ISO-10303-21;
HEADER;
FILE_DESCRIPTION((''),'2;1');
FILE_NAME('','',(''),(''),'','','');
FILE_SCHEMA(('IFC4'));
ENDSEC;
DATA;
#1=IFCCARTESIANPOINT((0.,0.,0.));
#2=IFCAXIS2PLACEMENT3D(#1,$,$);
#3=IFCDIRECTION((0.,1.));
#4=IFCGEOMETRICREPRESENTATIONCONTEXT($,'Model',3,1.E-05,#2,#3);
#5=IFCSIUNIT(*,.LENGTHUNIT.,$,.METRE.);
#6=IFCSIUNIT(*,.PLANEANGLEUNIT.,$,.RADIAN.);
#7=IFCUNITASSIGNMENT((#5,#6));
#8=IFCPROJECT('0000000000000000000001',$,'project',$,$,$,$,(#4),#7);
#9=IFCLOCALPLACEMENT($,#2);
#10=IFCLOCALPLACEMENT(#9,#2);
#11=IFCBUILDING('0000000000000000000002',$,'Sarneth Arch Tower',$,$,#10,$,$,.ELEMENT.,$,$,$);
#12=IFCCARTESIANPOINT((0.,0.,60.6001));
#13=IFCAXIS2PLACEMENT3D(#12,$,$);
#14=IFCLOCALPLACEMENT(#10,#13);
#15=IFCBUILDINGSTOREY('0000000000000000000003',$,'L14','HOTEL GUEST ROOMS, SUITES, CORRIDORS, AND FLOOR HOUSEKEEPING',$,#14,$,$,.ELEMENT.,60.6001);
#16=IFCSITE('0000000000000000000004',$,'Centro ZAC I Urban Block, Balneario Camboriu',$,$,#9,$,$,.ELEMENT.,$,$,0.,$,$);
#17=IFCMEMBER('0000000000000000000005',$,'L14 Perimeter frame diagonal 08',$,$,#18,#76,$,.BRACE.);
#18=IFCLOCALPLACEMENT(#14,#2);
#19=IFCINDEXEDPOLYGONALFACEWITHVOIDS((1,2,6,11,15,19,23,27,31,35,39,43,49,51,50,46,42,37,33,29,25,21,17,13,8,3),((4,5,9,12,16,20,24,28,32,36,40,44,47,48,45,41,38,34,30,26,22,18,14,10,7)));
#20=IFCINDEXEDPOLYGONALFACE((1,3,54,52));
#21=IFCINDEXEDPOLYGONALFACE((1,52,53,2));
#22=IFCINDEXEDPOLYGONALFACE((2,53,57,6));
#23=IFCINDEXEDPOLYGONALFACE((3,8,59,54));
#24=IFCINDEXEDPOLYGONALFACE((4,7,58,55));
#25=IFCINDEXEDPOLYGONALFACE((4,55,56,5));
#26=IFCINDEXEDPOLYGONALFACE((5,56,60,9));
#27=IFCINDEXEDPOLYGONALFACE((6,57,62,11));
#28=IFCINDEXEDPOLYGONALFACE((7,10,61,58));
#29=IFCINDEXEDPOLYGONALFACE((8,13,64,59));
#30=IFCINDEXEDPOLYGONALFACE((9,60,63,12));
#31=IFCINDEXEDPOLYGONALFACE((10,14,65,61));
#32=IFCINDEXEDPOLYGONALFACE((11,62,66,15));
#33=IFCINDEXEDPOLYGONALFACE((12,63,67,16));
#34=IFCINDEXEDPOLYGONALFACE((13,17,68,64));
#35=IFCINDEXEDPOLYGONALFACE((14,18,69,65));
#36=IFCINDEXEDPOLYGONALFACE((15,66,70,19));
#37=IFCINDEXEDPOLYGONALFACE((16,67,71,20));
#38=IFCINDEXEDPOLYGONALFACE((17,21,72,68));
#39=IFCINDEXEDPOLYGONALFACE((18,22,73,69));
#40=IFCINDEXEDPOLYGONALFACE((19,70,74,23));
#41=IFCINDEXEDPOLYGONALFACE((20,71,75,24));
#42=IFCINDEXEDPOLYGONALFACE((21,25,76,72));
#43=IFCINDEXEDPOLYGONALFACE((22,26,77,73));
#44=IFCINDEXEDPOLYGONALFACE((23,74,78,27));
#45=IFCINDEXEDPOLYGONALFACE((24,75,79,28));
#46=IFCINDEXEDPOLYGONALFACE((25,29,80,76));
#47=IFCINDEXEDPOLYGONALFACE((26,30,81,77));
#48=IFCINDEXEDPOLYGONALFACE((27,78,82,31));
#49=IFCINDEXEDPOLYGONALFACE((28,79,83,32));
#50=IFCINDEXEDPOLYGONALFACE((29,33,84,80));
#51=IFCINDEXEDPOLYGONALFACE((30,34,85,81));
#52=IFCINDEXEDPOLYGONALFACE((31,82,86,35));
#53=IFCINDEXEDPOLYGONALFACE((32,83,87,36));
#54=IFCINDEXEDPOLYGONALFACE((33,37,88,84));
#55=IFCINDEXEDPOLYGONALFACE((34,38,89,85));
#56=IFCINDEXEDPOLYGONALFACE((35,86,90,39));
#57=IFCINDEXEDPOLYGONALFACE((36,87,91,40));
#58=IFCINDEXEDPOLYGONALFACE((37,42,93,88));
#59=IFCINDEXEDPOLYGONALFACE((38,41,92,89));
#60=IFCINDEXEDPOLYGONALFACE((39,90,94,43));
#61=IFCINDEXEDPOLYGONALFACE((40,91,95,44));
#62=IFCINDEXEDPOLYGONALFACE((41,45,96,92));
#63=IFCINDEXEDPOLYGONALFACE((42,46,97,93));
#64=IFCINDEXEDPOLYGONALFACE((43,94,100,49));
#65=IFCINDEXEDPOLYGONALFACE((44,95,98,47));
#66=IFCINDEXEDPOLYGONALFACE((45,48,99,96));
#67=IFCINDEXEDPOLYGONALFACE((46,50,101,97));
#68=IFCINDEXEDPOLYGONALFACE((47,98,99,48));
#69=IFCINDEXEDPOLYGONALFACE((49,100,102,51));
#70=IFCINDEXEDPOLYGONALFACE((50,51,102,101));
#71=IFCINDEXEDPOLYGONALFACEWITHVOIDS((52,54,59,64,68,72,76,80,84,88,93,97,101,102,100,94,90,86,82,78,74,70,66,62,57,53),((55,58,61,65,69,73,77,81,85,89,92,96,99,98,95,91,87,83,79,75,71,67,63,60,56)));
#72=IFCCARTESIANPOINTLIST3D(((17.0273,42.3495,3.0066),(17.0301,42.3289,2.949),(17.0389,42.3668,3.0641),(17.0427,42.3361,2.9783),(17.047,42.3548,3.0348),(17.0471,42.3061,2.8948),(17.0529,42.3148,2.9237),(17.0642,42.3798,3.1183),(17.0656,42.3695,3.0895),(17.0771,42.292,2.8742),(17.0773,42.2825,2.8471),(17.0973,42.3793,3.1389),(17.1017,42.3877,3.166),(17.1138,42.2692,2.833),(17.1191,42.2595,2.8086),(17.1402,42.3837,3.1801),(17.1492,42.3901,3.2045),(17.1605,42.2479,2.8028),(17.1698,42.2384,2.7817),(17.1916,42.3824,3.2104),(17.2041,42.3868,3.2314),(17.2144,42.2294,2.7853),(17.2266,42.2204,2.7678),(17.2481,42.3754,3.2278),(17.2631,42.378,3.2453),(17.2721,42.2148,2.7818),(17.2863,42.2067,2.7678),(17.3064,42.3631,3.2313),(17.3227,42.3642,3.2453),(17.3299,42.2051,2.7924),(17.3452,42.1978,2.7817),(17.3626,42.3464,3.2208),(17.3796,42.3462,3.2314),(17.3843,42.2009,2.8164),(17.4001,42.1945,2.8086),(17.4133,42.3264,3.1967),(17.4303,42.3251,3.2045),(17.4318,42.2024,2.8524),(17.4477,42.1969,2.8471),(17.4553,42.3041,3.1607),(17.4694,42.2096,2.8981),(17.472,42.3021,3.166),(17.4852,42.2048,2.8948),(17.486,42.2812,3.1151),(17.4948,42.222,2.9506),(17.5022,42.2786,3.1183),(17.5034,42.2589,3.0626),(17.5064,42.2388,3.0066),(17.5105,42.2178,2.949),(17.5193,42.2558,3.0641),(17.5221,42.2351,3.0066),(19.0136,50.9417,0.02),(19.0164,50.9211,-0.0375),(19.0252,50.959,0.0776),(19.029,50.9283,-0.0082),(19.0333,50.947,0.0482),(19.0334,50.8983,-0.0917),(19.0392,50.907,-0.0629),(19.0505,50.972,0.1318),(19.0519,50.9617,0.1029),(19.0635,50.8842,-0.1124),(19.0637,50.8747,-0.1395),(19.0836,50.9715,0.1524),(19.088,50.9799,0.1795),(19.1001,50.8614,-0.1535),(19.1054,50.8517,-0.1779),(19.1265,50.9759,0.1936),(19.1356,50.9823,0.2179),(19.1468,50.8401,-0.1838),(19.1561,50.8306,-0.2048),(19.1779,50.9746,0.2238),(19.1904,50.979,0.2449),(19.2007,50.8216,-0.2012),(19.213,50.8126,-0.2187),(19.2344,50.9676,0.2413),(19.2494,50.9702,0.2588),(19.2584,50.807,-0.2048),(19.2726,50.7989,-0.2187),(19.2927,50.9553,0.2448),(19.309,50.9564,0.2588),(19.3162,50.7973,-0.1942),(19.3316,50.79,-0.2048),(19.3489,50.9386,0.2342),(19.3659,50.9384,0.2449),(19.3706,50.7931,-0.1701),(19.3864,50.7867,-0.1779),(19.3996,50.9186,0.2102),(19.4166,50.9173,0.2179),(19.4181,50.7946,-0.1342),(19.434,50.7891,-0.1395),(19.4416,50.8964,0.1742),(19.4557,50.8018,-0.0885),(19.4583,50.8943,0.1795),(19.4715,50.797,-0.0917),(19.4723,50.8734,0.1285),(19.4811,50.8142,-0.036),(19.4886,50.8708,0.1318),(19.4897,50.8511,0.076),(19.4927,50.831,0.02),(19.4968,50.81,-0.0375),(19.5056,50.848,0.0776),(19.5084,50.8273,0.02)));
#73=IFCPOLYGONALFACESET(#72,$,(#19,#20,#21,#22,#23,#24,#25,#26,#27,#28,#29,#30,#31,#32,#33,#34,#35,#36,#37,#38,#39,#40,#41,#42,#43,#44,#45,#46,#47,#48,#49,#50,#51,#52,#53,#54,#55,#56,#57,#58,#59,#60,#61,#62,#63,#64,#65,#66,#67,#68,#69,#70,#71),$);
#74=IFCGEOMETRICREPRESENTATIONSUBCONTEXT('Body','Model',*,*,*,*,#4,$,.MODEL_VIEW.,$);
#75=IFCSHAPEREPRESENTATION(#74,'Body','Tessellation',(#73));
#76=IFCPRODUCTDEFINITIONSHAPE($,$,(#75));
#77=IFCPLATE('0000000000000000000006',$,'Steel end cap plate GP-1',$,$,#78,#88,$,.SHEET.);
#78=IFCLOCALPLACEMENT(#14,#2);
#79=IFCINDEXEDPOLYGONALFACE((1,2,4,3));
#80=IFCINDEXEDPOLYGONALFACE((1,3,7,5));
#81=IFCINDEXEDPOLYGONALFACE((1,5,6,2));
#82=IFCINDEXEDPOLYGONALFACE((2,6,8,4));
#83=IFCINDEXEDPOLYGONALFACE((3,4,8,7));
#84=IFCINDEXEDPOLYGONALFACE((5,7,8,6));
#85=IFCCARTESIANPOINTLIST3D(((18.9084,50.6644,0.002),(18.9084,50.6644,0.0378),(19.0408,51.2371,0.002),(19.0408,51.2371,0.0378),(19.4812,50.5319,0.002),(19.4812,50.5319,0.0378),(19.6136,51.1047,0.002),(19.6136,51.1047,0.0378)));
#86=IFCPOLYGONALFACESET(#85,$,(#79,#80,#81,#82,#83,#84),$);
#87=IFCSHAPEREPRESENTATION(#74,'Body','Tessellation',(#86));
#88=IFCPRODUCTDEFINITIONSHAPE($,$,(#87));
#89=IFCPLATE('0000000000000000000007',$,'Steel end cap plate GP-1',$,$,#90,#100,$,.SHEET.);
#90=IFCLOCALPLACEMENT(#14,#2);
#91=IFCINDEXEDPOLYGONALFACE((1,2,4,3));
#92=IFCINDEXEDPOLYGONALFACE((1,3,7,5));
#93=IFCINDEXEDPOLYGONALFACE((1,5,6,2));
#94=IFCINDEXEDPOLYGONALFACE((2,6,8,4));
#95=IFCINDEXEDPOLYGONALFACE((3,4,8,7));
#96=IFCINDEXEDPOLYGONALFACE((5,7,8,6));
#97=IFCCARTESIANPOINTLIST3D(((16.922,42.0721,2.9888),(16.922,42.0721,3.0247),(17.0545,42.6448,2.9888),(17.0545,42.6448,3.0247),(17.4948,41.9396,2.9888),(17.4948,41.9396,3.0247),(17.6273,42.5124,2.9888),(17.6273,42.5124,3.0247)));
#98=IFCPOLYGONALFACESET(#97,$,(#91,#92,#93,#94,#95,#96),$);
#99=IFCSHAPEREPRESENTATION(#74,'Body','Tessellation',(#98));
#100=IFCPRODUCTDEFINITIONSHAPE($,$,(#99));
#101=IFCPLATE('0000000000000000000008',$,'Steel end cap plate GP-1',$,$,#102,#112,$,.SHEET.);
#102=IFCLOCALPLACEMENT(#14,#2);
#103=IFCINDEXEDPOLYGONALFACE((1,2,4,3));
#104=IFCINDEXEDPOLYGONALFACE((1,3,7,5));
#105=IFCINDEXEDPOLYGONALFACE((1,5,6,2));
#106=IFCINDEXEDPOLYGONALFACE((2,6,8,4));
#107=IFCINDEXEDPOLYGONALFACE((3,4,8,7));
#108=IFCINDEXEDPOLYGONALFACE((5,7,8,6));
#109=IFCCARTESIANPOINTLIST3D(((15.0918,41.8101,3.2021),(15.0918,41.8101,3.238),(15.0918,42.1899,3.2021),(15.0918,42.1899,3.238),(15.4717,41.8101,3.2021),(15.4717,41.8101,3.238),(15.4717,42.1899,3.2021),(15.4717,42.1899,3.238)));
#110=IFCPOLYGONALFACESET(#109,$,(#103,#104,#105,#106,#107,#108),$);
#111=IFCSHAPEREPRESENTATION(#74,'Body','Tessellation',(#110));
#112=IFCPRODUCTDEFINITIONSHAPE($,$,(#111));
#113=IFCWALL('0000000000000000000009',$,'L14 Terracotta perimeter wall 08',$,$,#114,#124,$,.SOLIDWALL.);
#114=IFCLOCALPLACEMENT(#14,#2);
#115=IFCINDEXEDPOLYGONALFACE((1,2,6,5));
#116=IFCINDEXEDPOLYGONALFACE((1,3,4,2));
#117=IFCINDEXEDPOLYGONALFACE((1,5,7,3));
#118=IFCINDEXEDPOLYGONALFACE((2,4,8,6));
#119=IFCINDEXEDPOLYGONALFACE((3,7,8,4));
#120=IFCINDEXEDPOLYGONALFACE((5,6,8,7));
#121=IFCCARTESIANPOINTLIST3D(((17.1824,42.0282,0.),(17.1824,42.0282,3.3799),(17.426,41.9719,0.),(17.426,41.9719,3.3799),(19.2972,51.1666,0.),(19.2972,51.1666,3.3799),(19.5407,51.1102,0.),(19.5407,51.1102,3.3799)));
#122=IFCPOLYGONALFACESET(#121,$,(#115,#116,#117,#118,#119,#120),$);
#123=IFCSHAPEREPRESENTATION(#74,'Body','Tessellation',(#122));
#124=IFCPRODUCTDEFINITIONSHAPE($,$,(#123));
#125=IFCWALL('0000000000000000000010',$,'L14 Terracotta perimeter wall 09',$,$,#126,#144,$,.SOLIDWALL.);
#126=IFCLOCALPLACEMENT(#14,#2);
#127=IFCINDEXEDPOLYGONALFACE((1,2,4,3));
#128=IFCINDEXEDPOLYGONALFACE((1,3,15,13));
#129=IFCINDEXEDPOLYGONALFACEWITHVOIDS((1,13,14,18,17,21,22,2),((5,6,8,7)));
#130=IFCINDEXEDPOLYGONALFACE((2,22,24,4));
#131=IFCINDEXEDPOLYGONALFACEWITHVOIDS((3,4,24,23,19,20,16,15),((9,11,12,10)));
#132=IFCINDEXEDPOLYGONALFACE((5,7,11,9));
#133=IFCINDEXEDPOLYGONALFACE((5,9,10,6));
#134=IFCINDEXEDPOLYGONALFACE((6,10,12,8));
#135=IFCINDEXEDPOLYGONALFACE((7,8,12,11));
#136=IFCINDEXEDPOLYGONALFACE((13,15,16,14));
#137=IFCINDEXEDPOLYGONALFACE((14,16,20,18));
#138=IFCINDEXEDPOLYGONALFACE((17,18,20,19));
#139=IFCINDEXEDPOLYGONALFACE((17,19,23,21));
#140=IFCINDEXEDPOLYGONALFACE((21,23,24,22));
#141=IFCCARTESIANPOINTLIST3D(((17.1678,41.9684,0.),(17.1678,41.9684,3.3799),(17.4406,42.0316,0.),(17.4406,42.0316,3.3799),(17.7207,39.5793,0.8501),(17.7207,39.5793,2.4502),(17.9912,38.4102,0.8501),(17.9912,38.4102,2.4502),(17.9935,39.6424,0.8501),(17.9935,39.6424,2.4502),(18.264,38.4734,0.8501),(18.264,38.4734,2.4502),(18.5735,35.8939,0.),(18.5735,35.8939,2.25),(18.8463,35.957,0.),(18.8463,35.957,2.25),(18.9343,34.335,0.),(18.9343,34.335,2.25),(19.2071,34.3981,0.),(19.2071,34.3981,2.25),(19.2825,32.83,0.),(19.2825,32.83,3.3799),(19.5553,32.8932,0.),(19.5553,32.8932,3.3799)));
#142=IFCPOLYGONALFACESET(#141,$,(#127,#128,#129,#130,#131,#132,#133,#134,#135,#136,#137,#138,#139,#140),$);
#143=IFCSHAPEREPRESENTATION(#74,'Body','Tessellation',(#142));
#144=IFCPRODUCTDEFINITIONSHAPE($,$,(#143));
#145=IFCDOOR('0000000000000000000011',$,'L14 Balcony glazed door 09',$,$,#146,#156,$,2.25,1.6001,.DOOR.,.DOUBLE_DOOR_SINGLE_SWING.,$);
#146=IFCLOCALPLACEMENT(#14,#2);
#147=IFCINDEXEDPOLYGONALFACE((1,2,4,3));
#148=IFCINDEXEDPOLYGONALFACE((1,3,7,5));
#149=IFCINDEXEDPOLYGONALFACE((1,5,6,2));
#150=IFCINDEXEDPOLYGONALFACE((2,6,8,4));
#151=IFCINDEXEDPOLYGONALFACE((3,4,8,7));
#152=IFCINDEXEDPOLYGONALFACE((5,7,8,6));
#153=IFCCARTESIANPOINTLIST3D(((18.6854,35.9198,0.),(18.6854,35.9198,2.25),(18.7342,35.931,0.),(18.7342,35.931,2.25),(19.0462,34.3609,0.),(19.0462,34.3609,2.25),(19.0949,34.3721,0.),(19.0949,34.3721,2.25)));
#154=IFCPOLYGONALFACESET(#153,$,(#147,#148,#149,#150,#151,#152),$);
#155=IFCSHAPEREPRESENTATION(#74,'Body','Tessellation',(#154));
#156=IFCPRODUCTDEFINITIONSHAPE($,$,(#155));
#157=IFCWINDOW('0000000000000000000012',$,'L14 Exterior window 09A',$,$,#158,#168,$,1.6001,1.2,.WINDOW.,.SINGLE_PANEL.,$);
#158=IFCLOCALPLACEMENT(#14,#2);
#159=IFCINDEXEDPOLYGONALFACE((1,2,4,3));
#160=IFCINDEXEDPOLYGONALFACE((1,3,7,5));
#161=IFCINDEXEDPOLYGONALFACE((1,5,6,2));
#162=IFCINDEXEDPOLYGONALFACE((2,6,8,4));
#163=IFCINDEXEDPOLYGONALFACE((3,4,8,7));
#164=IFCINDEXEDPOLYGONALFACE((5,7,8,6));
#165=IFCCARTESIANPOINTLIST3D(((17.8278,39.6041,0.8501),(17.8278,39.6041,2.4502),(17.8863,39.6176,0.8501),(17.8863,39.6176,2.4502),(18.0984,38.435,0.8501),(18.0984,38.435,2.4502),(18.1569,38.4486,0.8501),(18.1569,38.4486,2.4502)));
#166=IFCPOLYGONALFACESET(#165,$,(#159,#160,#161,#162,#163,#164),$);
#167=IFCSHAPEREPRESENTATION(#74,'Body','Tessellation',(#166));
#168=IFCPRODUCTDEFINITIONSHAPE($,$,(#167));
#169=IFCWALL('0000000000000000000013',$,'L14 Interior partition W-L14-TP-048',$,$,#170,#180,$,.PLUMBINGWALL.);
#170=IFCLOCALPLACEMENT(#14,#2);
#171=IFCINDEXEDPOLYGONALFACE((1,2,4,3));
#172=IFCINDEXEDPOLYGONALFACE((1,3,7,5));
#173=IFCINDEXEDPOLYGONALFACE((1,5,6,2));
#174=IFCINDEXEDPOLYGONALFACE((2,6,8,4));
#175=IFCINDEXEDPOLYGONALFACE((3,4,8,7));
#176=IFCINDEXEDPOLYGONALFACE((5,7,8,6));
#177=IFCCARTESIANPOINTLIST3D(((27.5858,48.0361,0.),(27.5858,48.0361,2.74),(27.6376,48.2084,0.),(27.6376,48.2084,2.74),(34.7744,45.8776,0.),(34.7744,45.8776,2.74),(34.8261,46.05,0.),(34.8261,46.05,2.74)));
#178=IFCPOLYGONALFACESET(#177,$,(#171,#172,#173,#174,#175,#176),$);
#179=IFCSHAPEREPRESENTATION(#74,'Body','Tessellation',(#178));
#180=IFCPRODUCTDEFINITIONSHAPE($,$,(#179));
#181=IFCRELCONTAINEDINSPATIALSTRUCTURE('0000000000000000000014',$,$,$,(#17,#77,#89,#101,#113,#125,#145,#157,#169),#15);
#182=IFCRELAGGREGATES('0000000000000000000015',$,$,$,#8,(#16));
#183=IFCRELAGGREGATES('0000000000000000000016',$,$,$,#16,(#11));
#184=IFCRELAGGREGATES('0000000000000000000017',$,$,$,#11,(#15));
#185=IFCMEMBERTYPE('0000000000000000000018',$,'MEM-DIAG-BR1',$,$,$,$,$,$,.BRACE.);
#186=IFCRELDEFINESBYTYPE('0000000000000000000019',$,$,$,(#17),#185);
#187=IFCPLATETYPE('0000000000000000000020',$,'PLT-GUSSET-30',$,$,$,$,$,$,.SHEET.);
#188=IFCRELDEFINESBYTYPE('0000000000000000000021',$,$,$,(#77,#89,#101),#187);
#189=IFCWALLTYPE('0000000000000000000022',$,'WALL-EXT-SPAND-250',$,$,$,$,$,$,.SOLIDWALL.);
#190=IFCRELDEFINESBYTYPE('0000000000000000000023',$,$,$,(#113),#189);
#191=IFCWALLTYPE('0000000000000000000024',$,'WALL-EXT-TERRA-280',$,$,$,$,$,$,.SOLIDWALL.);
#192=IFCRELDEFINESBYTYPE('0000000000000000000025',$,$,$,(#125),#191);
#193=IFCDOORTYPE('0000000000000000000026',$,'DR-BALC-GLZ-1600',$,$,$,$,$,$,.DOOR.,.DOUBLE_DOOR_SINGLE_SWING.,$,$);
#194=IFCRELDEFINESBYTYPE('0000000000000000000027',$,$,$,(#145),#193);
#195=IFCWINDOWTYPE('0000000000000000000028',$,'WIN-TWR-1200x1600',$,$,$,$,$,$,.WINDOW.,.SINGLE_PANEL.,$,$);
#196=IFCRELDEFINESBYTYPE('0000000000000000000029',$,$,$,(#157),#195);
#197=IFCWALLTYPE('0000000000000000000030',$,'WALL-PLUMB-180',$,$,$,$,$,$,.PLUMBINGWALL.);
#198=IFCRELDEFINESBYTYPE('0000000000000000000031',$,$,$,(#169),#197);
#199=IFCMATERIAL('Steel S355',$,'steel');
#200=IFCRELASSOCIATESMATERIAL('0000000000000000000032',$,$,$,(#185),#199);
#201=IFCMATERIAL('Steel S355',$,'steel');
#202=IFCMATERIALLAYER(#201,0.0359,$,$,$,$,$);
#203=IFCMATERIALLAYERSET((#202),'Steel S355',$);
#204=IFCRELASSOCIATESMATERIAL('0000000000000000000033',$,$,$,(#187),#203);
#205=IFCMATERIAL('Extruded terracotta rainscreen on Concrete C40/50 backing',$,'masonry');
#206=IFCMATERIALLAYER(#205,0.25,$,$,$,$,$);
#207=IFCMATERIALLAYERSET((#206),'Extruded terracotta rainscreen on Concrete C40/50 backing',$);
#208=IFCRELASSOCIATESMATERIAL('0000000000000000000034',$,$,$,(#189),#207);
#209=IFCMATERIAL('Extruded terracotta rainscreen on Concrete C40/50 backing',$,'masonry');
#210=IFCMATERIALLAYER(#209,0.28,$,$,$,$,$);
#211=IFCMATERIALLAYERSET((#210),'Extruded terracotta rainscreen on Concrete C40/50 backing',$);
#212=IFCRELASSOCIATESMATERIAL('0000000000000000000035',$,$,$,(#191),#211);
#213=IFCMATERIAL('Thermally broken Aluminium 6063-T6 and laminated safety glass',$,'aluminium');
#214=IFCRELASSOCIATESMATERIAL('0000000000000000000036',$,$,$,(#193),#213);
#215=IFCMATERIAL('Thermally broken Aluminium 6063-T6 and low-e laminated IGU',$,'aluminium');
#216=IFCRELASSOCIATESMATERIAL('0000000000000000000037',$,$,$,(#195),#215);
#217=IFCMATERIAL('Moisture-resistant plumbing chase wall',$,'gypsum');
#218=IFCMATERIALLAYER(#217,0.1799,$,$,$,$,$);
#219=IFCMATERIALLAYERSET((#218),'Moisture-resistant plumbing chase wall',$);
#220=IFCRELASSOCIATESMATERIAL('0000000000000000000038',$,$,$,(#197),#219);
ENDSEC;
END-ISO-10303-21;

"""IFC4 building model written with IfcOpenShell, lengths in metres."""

from ifc_helpers import new_model, si_unit, direction, frame, frame_2d, origin, origin_2d, place, context, subcontext, project, spatial, rectangle, hollow_circle, extrude, material, layer, layer_set, material_profile, profile_set, type_object, element, fill, save


model = new_model("IFC4")

# Units and contexts
model_context = context("Model", 3, precision=1e-05, world=origin(), true_north=direction((0.0, 1.0)))
body_context = subcontext(model_context, "Body", "Model", "MODEL_VIEW")
ifc_project = project(units=[si_unit("LENGTHUNIT", "METRE"), si_unit("PLANEANGLEUNIT", "RADIAN")], contexts=[model_context])

# Site, building, storey
site_placement = place(None, origin())
site = spatial("IfcSite", under=ifc_project, at=site_placement, Name="Centro ZAC I Urban Block, Balneario Camboriu", CompositionType="ELEMENT", RefElevation=0.0)
building_placement = place(site_placement, origin())
building = spatial("IfcBuilding", under=site, at=building_placement, Name="Sarneth Arch Tower", CompositionType="ELEMENT")
storey_placement = place(building_placement, frame((0.0, 0.0, 60.6001)))
storey = spatial("IfcBuildingStorey", under=building, at=storey_placement, Name="L14", Description="HOTEL GUEST ROOMS, SUITES, CORRIDORS, AND FLOOR HOUSEKEEPING", CompositionType="ELEMENT", Elevation=60.6001)

# Member
ifc_material_1 = material(Name="Steel S355", Category="steel")
ifc_material_profile_1 = material_profile(ifc_material_1, hollow_circle(Radius=0.2539, WallThickness=0.0161, at=origin_2d()), Name="CHS508x16")
ifc_profile_set_1 = profile_set([ifc_material_profile_1], Name="Steel S355")
member_type_1 = type_object("IfcMemberType", Name="MEM-DIAG-BR1", PredefinedType="BRACE", material=ifc_profile_set_1)
member_1_placement = place(storey_placement, frame((19.261, 50.8845, 0.02), z_axis=(-0.213334, -0.922822, 0.320762), x_axis=(0.974304, -0.225236, 0.0)))
element("IfcMember", 1, at=member_1_placement, inside=storey, type_object=member_type_1, Name="L14 Perimeter frame diagonal 08", PredefinedType="BRACE", context=body_context, shape_type="SweptSolid", body=[
    extrude(hollow_circle(Radius=0.2539, WallThickness=0.0161, at=origin_2d()), origin(), (0.0, 0.0, 1.0), 9.3108),
])

# Plates
ifc_material_2 = material(Name="Steel S355", Category="steel")
ifc_layer_1 = layer(ifc_material_2, 0.0359)
ifc_layer_set_1 = layer_set([ifc_layer_1], Name="Steel S355")
plate_type = type_object("IfcPlateType", Name="PLT-GUSSET-30", PredefinedType="SHEET", material=ifc_layer_set_1)
for number, where, z_axis, x_axis, name in (
    (2, (19.261, 50.8845, 0.002), (0.0, 0.0, 1.0), (-0.225291, -0.974291, 0.0), "Steel end cap plate GP-1"),
    (3, (17.2747, 42.2922, 2.9888), (0.0, 0.0, 1.0), (-0.225291, -0.974291, 0.0), "Steel end cap plate GP-1"),
):
    element("IfcPlate", number, at=place(storey_placement, frame(where, z_axis=z_axis, x_axis=x_axis)), inside=storey, type_object=plate_type, Name=name, PredefinedType="SHEET", context=body_context, shape_type="SweptSolid", body=[
        extrude(rectangle(XDim=0.5879, YDim=0.5879, at=origin_2d()), origin(), (0.0, 0.0, 1.0), 0.0359),
    ])
plate_placement = place(storey_placement, frame((15.2817, 42.0, 3.2021), z_axis=(0.0, 0.0, 1.0), x_axis=(-1.0, 0.0, 0.0)))
element("IfcPlate", 4, at=plate_placement, inside=storey, type_object=plate_type, Name="Steel end cap plate GP-1", PredefinedType="SHEET", context=body_context, shape_type="SweptSolid", body=[
    extrude(rectangle(XDim=0.3799, YDim=0.3799, at=origin_2d()), origin(), (0.0, 0.0, 1.0), 0.0359),
])

# Wall
ifc_material_3 = material(Name="Extruded terracotta rainscreen on Concrete C40/50 backing", Category="masonry")
ifc_layer_2 = layer(ifc_material_3, 0.25)
ifc_layer_set_2 = layer_set([ifc_layer_2], Name="Extruded terracotta rainscreen on Concrete C40/50 backing")
wall_type_1 = type_object("IfcWallType", Name="WALL-EXT-SPAND-250", PredefinedType="SOLIDWALL", material=ifc_layer_set_2)
wall_1_placement = place(storey_placement, frame((19.4189, 51.1384, 0.0), z_axis=(0.0, 0.0, 1.0), x_axis=(-0.225454, -0.974254, 0.0)))
element("IfcWall", 5, at=wall_1_placement, inside=storey, type_object=wall_type_1, Name="L14 Terracotta perimeter wall 08", PredefinedType="SOLIDWALL", context=body_context, shape_type="SweptSolid", body=[
    extrude(rectangle(XDim=9.3799, YDim=0.25, at=frame_2d((4.6899, 0.0))), origin(), (0.0, 0.0, 1.0), 3.3799),
])

# Wall, openings, door, window
ifc_material_4 = material(Name="Extruded terracotta rainscreen on Concrete C40/50 backing", Category="masonry")
ifc_layer_3 = layer(ifc_material_4, 0.28)
ifc_layer_set_3 = layer_set([ifc_layer_3], Name="Extruded terracotta rainscreen on Concrete C40/50 backing")
wall_type_2 = type_object("IfcWallType", Name="WALL-EXT-TERRA-280", PredefinedType="SOLIDWALL", material=ifc_layer_set_3)
wall_2_placement = place(storey_placement, frame((17.3042, 42.0, 0.0), z_axis=(0.0, 0.0, 1.0), x_axis=(0.225454, -0.974254, 0.0)))
wall_2 = element("IfcWall", 6, at=wall_2_placement, inside=storey, type_object=wall_type_2, Name="L14 Terracotta perimeter wall 09", PredefinedType="SOLIDWALL", context=body_context, shape_type="SweptSolid", body=[
    extrude(rectangle(XDim=9.3799, YDim=0.28, at=frame_2d((4.6899, 0.0))), origin(), (0.0, 0.0, 1.0), 3.3799),
])
opening_1_placement = place(wall_2_placement, frame((2.4521, 0.0, 0.8501)))
opening_1 = element("IfcOpeningElement", 7, at=opening_1_placement, cuts=wall_2, PredefinedType="OPENING", context=body_context, shape_type="SweptSolid", body=[
    extrude(rectangle(XDim=1.2, YDim=1.6001, at=frame_2d((0.6001, 0.8))), frame((0.0, 0.1499, 0.0), z_axis=(0.0, -1.0, 0.0), x_axis=(1.0, 0.0, 0.0)), (0.0, 0.0, 1.0), 0.3),
])
opening_2_placement = place(wall_2_placement, frame((6.2351, 0.0, 0.0)))
opening_2 = element("IfcOpeningElement", 8, at=opening_2_placement, cuts=wall_2, PredefinedType="OPENING", context=body_context, shape_type="SweptSolid", body=[
    extrude(rectangle(XDim=1.6001, YDim=2.25, at=frame_2d((0.8, 1.125))), frame((0.0, 0.1499, 0.0), z_axis=(0.0, -1.0, 0.0), x_axis=(1.0, 0.0, 0.0)), (0.0, 0.0, 1.0), 0.3),
])
ifc_material_5 = material(Name="Thermally broken Aluminium 6063-T6 and laminated safety glass", Category="aluminium")
door_type_1 = type_object("IfcDoorType", Name="DR-BALC-GLZ-1600", OperationType="DOUBLE_DOOR_SINGLE_SWING", PredefinedType="DOOR", material=ifc_material_5)
door_1_placement = place(opening_2_placement, origin())
door_1 = element("IfcDoor", 9, at=door_1_placement, inside=storey, type_object=door_type_1, Name="L14 Balcony glazed door 09", OperationType="DOUBLE_DOOR_SINGLE_SWING", OverallHeight=2.25, OverallWidth=1.6001, PredefinedType="DOOR", context=body_context, shape_type="SweptSolid", body=[
    extrude(rectangle(XDim=1.6001, YDim=2.25, at=frame_2d((0.8, 1.125))), frame((0.0, 0.0249, 0.0), z_axis=(0.0, -1.0, 0.0), x_axis=(1.0, 0.0, 0.0)), (0.0, 0.0, 1.0), 0.05),
])
fill(opening_2, door_1)
ifc_material_6 = material(Name="Thermally broken Aluminium 6063-T6 and low-e laminated IGU", Category="aluminium")
window_type = type_object("IfcWindowType", Name="WIN-TWR-1200x1600", PartitioningType="SINGLE_PANEL", PredefinedType="WINDOW", material=ifc_material_6)
window_placement = place(opening_1_placement, origin())
window = element("IfcWindow", 10, at=window_placement, inside=storey, type_object=window_type, Name="L14 Exterior window 09A", OverallHeight=1.6001, OverallWidth=1.2, PartitioningType="SINGLE_PANEL", PredefinedType="WINDOW", context=body_context, shape_type="SweptSolid", body=[
    extrude(rectangle(XDim=1.2, YDim=1.6001, at=frame_2d((0.6001, 0.8))), frame((0.0, 0.03, 0.0), z_axis=(0.0, -1.0, 0.0), x_axis=(1.0, 0.0, 0.0)), (0.0, 0.0, 1.0), 0.0601),
])
fill(opening_1, window)

# Wall
ifc_material_7 = material(Name="Moisture-resistant plumbing chase wall", Category="gypsum")
ifc_layer_4 = layer(ifc_material_7, 0.1799)
ifc_layer_set_4 = layer_set([ifc_layer_4], Name="Moisture-resistant plumbing chase wall")
wall_type_3 = type_object("IfcWallType", Name="WALL-PLUMB-180", PredefinedType="PLUMBINGWALL", material=ifc_layer_set_4)
wall_3_placement = place(storey_placement, frame((27.6116, 48.1223, 0.0), z_axis=(0.0, 0.0, 1.0), x_axis=(0.957756, -0.287581, 0.0)))
element("IfcWall", 11, at=wall_3_placement, inside=storey, type_object=wall_type_3, Name="L14 Interior partition W-L14-TP-048", PredefinedType="PLUMBINGWALL", context=body_context, shape_type="SweptSolid", body=[
    extrude(rectangle(XDim=7.5056, YDim=0.1799, at=frame_2d((3.7529, 0.0))), origin(), (0.0, 0.0, 1.0), 2.74),
])

save(model, "model.ifc")
